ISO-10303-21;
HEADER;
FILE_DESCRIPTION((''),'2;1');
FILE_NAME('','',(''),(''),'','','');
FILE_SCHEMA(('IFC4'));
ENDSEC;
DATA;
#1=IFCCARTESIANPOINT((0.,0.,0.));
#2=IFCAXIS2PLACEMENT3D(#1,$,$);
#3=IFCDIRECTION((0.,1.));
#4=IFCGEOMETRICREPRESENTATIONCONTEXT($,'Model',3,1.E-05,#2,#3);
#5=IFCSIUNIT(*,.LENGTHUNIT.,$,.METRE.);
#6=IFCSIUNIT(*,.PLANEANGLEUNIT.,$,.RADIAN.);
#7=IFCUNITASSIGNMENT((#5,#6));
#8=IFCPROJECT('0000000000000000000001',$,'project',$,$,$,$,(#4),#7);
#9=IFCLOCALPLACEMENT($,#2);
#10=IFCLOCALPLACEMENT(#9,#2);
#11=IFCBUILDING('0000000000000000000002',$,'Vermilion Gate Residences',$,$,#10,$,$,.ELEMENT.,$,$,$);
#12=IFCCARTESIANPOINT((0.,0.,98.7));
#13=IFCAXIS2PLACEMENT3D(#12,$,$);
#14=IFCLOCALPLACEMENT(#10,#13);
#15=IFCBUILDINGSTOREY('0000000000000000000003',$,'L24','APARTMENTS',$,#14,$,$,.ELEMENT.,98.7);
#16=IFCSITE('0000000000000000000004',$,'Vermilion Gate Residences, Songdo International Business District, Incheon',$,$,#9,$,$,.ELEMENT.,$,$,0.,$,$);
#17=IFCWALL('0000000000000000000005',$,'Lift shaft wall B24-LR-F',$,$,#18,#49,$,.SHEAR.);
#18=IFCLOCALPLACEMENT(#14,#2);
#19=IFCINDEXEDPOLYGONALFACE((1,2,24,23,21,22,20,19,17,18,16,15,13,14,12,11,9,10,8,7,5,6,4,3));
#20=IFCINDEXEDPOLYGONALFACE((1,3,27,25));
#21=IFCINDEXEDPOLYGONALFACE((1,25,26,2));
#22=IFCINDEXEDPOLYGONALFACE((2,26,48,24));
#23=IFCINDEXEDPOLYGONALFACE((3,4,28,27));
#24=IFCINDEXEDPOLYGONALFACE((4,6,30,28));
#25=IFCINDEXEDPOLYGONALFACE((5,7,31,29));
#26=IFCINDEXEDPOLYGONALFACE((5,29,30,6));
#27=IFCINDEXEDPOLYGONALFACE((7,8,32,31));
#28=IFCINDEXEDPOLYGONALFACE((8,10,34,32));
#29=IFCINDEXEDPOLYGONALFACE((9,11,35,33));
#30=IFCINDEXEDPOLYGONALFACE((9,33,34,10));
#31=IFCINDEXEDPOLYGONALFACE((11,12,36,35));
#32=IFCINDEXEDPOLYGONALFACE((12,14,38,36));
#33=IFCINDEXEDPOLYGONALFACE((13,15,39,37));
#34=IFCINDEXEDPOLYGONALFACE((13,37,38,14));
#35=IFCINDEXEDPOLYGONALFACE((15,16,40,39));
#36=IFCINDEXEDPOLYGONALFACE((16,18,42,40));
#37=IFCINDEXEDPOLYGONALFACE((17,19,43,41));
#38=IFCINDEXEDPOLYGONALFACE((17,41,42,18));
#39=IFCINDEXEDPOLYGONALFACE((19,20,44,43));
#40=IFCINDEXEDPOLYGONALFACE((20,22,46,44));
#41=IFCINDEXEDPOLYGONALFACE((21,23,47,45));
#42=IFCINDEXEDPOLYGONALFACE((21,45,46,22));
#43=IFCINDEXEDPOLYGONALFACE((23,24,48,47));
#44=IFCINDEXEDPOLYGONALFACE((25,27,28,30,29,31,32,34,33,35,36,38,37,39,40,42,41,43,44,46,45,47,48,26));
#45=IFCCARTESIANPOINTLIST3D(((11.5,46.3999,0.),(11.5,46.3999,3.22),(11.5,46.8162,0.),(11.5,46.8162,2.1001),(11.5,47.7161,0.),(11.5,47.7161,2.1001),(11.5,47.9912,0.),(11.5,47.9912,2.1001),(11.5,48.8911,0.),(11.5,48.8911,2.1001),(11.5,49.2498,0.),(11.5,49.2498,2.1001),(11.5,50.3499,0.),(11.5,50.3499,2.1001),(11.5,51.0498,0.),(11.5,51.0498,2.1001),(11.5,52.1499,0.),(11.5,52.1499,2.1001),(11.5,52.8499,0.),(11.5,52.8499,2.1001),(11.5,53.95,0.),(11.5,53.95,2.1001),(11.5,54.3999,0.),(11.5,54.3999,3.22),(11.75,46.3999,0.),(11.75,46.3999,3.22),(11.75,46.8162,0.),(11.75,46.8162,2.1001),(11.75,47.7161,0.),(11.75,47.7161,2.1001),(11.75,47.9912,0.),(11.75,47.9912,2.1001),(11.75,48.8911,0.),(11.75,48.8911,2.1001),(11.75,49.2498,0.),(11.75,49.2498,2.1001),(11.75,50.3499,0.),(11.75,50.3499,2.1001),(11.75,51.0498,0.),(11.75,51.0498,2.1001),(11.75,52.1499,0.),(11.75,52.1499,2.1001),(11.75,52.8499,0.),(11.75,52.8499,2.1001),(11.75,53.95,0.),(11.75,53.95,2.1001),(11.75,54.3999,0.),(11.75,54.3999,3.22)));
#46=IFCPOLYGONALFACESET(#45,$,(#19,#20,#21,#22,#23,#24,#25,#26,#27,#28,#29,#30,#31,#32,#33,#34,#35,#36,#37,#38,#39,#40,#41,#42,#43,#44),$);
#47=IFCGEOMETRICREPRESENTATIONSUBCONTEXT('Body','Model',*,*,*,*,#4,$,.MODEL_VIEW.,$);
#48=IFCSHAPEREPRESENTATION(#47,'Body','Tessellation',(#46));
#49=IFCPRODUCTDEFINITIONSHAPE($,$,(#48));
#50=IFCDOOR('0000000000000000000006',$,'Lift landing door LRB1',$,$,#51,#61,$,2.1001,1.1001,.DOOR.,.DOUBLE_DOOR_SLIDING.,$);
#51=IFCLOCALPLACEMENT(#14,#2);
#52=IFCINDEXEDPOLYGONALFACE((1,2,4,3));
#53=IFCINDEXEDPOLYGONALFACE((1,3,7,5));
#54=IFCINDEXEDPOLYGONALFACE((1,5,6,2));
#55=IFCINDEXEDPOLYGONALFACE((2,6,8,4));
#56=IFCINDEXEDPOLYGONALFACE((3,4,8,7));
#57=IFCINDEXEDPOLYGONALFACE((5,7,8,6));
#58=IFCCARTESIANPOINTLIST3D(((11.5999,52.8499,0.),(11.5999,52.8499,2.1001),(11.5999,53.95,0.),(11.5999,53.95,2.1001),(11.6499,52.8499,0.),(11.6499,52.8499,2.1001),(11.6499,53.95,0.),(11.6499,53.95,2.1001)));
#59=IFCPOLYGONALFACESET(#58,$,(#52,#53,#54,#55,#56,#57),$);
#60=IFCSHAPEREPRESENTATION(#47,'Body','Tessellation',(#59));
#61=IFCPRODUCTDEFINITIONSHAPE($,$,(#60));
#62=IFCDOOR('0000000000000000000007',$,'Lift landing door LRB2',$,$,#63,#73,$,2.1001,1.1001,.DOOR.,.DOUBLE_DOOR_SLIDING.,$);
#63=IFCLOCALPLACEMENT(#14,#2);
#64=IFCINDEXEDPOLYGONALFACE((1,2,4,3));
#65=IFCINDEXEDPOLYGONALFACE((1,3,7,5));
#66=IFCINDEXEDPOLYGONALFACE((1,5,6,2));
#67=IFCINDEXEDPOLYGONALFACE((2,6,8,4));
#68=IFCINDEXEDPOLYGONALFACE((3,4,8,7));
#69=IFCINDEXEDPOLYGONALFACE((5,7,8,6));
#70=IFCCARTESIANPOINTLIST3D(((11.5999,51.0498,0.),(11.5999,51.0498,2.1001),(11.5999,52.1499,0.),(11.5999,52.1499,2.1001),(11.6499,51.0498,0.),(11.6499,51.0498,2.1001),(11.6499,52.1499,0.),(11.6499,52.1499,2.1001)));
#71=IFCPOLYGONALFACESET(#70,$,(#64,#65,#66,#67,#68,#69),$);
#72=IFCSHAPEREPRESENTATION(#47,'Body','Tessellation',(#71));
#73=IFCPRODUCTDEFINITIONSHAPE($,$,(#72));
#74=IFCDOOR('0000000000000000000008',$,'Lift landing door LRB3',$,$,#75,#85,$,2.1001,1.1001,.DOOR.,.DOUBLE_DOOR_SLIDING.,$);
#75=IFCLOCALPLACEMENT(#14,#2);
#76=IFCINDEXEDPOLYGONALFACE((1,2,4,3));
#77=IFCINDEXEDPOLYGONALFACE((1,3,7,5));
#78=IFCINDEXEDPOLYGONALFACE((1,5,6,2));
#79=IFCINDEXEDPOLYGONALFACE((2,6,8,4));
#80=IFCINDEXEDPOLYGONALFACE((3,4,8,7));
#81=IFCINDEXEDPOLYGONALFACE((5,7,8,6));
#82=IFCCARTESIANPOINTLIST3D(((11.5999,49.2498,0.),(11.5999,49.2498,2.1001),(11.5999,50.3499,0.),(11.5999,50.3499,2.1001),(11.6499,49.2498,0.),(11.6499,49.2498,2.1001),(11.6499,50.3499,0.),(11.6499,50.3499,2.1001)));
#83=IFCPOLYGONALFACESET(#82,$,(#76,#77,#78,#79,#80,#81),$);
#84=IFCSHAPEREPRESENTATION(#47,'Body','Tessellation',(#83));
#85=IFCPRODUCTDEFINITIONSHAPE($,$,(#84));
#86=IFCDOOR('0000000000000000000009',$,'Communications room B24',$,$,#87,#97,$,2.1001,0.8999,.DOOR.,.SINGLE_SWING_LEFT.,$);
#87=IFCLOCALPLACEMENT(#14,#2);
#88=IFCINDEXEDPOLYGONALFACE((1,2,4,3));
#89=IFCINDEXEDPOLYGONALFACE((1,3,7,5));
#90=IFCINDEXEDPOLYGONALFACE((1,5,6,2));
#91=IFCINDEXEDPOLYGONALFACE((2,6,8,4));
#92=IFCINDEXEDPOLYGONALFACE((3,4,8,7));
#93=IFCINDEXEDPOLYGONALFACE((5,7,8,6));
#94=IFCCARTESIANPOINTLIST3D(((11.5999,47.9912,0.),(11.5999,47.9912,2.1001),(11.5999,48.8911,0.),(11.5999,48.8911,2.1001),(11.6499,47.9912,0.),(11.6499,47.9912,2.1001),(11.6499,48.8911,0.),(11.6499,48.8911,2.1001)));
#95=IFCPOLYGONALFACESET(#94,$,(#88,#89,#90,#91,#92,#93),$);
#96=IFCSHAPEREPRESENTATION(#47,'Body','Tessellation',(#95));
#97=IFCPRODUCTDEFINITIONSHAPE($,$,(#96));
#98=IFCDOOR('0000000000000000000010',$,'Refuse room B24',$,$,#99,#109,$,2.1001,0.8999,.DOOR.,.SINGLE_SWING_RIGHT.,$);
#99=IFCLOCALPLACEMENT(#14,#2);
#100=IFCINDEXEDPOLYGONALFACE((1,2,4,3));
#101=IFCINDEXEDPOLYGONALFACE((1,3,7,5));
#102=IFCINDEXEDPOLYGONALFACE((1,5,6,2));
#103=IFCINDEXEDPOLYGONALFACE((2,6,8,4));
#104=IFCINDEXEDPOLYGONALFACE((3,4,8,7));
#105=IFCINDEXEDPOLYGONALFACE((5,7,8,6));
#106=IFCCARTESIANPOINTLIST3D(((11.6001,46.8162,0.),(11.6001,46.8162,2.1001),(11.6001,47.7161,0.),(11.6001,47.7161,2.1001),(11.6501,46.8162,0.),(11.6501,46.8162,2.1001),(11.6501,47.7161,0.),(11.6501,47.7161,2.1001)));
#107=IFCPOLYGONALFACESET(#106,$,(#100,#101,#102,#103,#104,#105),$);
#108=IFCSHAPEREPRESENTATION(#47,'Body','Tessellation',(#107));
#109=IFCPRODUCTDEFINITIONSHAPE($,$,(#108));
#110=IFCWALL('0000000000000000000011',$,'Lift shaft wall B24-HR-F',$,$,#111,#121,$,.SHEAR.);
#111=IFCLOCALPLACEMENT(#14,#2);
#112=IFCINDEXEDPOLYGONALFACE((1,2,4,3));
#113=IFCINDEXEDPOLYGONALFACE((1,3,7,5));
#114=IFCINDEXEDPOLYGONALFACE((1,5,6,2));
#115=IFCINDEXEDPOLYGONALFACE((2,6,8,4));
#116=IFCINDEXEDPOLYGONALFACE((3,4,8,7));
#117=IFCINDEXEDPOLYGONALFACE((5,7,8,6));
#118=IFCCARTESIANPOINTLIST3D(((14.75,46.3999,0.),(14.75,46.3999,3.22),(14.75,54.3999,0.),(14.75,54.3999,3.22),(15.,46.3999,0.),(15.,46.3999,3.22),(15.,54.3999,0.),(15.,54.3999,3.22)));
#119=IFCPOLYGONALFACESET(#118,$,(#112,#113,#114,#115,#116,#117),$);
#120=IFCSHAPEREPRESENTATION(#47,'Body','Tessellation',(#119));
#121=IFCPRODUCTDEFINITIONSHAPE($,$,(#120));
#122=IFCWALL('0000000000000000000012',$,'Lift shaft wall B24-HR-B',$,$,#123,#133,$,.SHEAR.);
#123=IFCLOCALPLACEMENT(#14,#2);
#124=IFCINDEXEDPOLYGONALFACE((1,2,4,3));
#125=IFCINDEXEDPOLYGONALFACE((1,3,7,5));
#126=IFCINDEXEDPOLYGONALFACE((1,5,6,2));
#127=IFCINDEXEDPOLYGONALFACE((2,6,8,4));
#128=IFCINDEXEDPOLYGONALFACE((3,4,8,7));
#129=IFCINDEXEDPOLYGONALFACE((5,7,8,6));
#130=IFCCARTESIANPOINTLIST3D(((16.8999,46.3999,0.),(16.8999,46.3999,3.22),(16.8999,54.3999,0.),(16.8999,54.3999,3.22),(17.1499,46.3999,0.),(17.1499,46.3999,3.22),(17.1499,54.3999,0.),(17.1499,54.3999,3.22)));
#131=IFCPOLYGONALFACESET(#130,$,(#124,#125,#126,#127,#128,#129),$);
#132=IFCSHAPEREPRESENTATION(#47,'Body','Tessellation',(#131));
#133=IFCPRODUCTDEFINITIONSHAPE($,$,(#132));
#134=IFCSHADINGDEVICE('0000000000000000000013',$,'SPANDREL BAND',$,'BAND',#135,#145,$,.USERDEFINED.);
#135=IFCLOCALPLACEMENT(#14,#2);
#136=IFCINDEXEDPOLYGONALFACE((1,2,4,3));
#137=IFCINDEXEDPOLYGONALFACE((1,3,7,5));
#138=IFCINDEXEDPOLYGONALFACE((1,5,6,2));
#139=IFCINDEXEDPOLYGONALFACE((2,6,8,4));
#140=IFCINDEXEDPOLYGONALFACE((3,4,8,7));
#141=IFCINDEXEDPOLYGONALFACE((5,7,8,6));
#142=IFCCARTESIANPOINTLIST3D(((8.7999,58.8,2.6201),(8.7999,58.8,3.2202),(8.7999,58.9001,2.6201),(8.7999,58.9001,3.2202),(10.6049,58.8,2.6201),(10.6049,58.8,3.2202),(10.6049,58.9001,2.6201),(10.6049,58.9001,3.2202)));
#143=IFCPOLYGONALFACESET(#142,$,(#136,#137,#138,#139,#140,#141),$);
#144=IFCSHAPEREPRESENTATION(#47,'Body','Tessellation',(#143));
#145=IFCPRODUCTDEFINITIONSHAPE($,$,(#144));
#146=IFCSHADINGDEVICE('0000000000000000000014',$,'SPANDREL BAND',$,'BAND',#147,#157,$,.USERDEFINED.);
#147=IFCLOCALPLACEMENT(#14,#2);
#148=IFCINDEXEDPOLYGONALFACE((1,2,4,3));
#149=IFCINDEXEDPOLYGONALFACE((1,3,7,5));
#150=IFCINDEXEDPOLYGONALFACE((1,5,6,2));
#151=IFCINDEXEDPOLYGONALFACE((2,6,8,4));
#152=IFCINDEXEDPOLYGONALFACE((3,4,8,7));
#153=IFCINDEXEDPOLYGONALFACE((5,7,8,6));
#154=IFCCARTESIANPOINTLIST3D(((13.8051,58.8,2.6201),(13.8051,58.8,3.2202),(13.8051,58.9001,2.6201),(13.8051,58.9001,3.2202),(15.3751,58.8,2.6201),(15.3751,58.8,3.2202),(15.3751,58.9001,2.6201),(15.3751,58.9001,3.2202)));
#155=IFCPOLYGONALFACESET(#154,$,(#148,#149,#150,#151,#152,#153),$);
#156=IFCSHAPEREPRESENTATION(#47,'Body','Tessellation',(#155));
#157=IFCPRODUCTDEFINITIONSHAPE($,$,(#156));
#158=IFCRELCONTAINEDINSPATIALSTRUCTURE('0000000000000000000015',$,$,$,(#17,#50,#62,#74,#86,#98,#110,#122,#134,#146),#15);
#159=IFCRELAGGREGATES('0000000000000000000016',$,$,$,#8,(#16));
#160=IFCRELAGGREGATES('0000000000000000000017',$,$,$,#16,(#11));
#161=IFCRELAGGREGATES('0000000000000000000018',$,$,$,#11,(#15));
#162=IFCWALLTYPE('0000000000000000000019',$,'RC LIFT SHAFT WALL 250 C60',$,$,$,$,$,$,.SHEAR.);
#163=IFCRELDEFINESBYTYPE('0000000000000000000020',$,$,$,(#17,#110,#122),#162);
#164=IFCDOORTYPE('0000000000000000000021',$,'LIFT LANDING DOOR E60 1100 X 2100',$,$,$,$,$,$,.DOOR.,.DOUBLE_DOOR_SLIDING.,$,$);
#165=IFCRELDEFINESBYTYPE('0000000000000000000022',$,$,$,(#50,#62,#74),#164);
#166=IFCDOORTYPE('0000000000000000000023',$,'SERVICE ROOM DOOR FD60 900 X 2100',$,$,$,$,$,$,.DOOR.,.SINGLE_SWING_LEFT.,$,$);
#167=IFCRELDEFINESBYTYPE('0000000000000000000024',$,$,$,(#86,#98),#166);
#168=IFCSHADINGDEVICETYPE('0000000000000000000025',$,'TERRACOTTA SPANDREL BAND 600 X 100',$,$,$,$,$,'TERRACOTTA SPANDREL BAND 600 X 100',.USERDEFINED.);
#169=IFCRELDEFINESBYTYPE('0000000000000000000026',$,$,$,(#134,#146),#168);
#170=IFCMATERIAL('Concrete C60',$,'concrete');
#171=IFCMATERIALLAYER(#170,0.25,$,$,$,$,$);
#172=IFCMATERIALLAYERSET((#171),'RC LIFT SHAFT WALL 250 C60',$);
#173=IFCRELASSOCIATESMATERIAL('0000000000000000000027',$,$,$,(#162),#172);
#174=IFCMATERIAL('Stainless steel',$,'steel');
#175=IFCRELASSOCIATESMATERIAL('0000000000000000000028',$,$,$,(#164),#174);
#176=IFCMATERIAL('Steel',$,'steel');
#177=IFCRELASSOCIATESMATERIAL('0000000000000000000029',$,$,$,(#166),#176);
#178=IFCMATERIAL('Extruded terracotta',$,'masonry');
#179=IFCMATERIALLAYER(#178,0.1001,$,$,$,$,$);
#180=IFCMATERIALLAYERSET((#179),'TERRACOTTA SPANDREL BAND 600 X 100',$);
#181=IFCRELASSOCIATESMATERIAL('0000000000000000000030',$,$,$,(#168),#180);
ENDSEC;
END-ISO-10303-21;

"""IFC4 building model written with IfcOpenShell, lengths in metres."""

from ifc_helpers import new_model, si_unit, direction, frame, frame_2d, origin, origin_2d, place, context, subcontext, project, spatial, rectangle, extrude, material, layer, layer_set, type_object, element, fill, save


model = new_model("IFC4")

# Units and contexts
model_context = context("Model", 3, precision=1e-05, world=origin(), true_north=direction((0.0, 1.0)))
body_context = subcontext(model_context, "Body", "Model", "MODEL_VIEW")
ifc_project = project(units=[si_unit("LENGTHUNIT", "METRE"), si_unit("PLANEANGLEUNIT", "RADIAN")], contexts=[model_context])

# Site, building, storey
site_placement = place(None, origin())
site = spatial("IfcSite", under=ifc_project, at=site_placement, Name="Vermilion Gate Residences, Songdo International Business District, Incheon", CompositionType="ELEMENT", RefElevation=0.0)
building_placement = place(site_placement, origin())
building = spatial("IfcBuilding", under=site, at=building_placement, Name="Vermilion Gate Residences", CompositionType="ELEMENT")
storey_placement = place(building_placement, frame((0.0, 0.0, 98.7)))
storey = spatial("IfcBuildingStorey", under=building, at=storey_placement, Name="L24", Description="APARTMENTS", CompositionType="ELEMENT", Elevation=98.7)

# Wall, openings, doors
ifc_material_1 = material(Name="Concrete C60", Category="concrete")
ifc_layer_1 = layer(ifc_material_1, 0.25)
ifc_layer_set_1 = layer_set([ifc_layer_1], Name="RC LIFT SHAFT WALL 250 C60")
wall_type_1 = type_object("IfcWallType", Name="RC LIFT SHAFT WALL 250 C60", PredefinedType="SHEAR", material=ifc_layer_set_1)
wall_1_placement = place(storey_placement, frame((11.625, 54.3999, 0.0), z_axis=(0.0, 0.0, 1.0), x_axis=(0.0, -1.0, 0.0)))
wall_1 = element("IfcWall", 1, at=wall_1_placement, inside=storey, type_object=wall_type_1, Name="Lift shaft wall B24-LR-F", PredefinedType="SHEAR", context=body_context, shape_type="SweptSolid", body=[
    extrude(rectangle(XDim=8.0, YDim=0.25, at=frame_2d((4.0, 0.0))), origin(), (0.0, 0.0, 1.0), 3.22),
])
opening_1_placement = place(wall_1_placement, frame((0.45, 0.0, 0.0)))
opening_1 = element("IfcOpeningElement", 2, at=opening_1_placement, cuts=wall_1, PredefinedType="OPENING", context=body_context, shape_type="SweptSolid", body=[
    extrude(rectangle(XDim=1.1001, YDim=2.1001, at=frame_2d((0.55, 1.05))), frame((0.0, 0.135, 0.0), z_axis=(0.0, -1.0, 0.0), x_axis=(1.0, 0.0, 0.0)), (0.0, 0.0, 1.0), 0.27),
])
opening_2_placement = place(wall_1_placement, frame((2.25, 0.0, 0.0)))
opening_2 = element("IfcOpeningElement", 3, at=opening_2_placement, cuts=wall_1, PredefinedType="OPENING", context=body_context, shape_type="SweptSolid", body=[
    extrude(rectangle(XDim=1.1001, YDim=2.1001, at=frame_2d((0.55, 1.05))), frame((0.0, 0.135, 0.0), z_axis=(0.0, -1.0, 0.0), x_axis=(1.0, 0.0, 0.0)), (0.0, 0.0, 1.0), 0.27),
])
opening_3_placement = place(wall_1_placement, frame((4.05, 0.0, 0.0)))
opening_3 = element("IfcOpeningElement", 4, at=opening_3_placement, cuts=wall_1, PredefinedType="OPENING", context=body_context, shape_type="SweptSolid", body=[
    extrude(rectangle(XDim=1.1001, YDim=2.1001, at=frame_2d((0.55, 1.05))), frame((0.0, 0.135, 0.0), z_axis=(0.0, -1.0, 0.0), x_axis=(1.0, 0.0, 0.0)), (0.0, 0.0, 1.0), 0.27),
])
opening_4_placement = place(wall_1_placement, frame((5.5088, 0.0, 0.0)))
opening_4 = element("IfcOpeningElement", 5, at=opening_4_placement, cuts=wall_1, PredefinedType="OPENING", context=body_context, shape_type="SweptSolid", body=[
    extrude(rectangle(XDim=0.8999, YDim=2.1001, at=frame_2d((0.45, 1.05))), frame((0.0, 0.135, 0.0), z_axis=(0.0, -1.0, 0.0), x_axis=(1.0, 0.0, 0.0)), (0.0, 0.0, 1.0), 0.27),
])
opening_5_placement = place(wall_1_placement, frame((6.6838, 0.0, 0.0)))
opening_5 = element("IfcOpeningElement", 6, at=opening_5_placement, cuts=wall_1, PredefinedType="OPENING", context=body_context, shape_type="SweptSolid", body=[
    extrude(rectangle(XDim=0.8999, YDim=2.1001, at=frame_2d((0.45, 1.05))), frame((0.0, 0.135, 0.0), z_axis=(0.0, -1.0, 0.0), x_axis=(1.0, 0.0, 0.0)), (0.0, 0.0, 1.0), 0.27),
])
ifc_material_2 = material(Name="Stainless steel", Category="steel")
door_type_1 = type_object("IfcDoorType", Name="LIFT LANDING DOOR E60 1100 X 2100", OperationType="DOUBLE_DOOR_SLIDING", PredefinedType="DOOR", material=ifc_material_2)
door_1_placement = place(opening_1_placement, origin())
door_1 = element("IfcDoor", 7, at=door_1_placement, inside=storey, type_object=door_type_1, Name="Lift landing door LRB1", OperationType="DOUBLE_DOOR_SLIDING", OverallHeight=2.1001, OverallWidth=1.1001, PredefinedType="DOOR", context=body_context, shape_type="SweptSolid", body=[
    extrude(rectangle(XDim=1.1001, YDim=2.1001, at=frame_2d((0.55, 1.05))), frame((0.0, 0.0249, 0.0), z_axis=(0.0, -1.0, 0.0), x_axis=(1.0, 0.0, 0.0)), (0.0, 0.0, 1.0), 0.05),
])
fill(opening_1, door_1)
door_2_placement = place(opening_2_placement, origin())
door_2 = element("IfcDoor", 8, at=door_2_placement, inside=storey, type_object=door_type_1, Name="Lift landing door LRB2", OperationType="DOUBLE_DOOR_SLIDING", OverallHeight=2.1001, OverallWidth=1.1001, PredefinedType="DOOR", context=body_context, shape_type="SweptSolid", body=[
    extrude(rectangle(XDim=1.1001, YDim=2.1001, at=frame_2d((0.55, 1.05))), frame((0.0, 0.0249, 0.0), z_axis=(0.0, -1.0, 0.0), x_axis=(1.0, 0.0, 0.0)), (0.0, 0.0, 1.0), 0.05),
])
fill(opening_2, door_2)
door_3_placement = place(opening_3_placement, origin())
door_3 = element("IfcDoor", 9, at=door_3_placement, inside=storey, type_object=door_type_1, Name="Lift landing door LRB3", OperationType="DOUBLE_DOOR_SLIDING", OverallHeight=2.1001, OverallWidth=1.1001, PredefinedType="DOOR", context=body_context, shape_type="SweptSolid", body=[
    extrude(rectangle(XDim=1.1001, YDim=2.1001, at=frame_2d((0.55, 1.05))), frame((0.0, 0.0249, 0.0), z_axis=(0.0, -1.0, 0.0), x_axis=(1.0, 0.0, 0.0)), (0.0, 0.0, 1.0), 0.05),
])
fill(opening_3, door_3)
ifc_material_3 = material(Name="Steel", Category="steel")
door_type_2 = type_object("IfcDoorType", Name="SERVICE ROOM DOOR FD60 900 X 2100", OperationType="SINGLE_SWING_LEFT", PredefinedType="DOOR", material=ifc_material_3)
door_4_placement = place(opening_4_placement, origin())
door_4 = element("IfcDoor", 10, at=door_4_placement, inside=storey, type_object=door_type_2, Name="Communications room B24", OperationType="SINGLE_SWING_LEFT", OverallHeight=2.1001, OverallWidth=0.8999, PredefinedType="DOOR", context=body_context, shape_type="SweptSolid", body=[
    extrude(rectangle(XDim=0.8999, YDim=2.1001, at=frame_2d((0.45, 1.05))), frame((0.0, 0.0249, 0.0), z_axis=(0.0, -1.0, 0.0), x_axis=(1.0, 0.0, 0.0)), (0.0, 0.0, 1.0), 0.05),
])
fill(opening_4, door_4)
door_5_placement = place(opening_5_placement, frame((0.8999, 0.0, 0.0), z_axis=(0.0, 0.0, 1.0), x_axis=(-1.0, 0.0, 0.0)))
door_5 = element("IfcDoor", 11, at=door_5_placement, inside=storey, type_object=door_type_2, Name="Refuse room B24", OperationType="SINGLE_SWING_RIGHT", OverallHeight=2.1001, OverallWidth=0.8999, PredefinedType="DOOR", context=body_context, shape_type="SweptSolid", body=[
    extrude(rectangle(XDim=0.8999, YDim=2.1001, at=frame_2d((0.45, 1.05))), frame((0.0, 0.0249, 0.0), z_axis=(0.0, -1.0, 0.0), x_axis=(1.0, 0.0, 0.0)), (0.0, 0.0, 1.0), 0.05),
])
fill(opening_5, door_5)

# Walls
for number, where, z_axis, x_axis, name in (
    (12, (14.875, 54.3999, 0.0), (0.0, 0.0, 1.0), (0.0, -1.0, 0.0), "Lift shaft wall B24-HR-F"),
    (13, (17.0249, 54.3999, 0.0), (0.0, 0.0, 1.0), (0.0, -1.0, 0.0), "Lift shaft wall B24-HR-B"),
):
    element("IfcWall", number, at=place(storey_placement, frame(where, z_axis=z_axis, x_axis=x_axis)), inside=storey, type_object=wall_type_1, Name=name, PredefinedType="SHEAR", context=body_context, shape_type="SweptSolid", body=[
        extrude(rectangle(XDim=8.0, YDim=0.25, at=frame_2d((4.0, 0.0))), origin(), (0.0, 0.0, 1.0), 3.22),
    ])

# Shading devices
ifc_material_4 = material(Name="Extruded terracotta", Category="masonry")
ifc_layer_2 = layer(ifc_material_4, 0.1001)
ifc_layer_set_2 = layer_set([ifc_layer_2], Name="TERRACOTTA SPANDREL BAND 600 X 100")
shading_device_type = type_object("IfcShadingDeviceType", Name="TERRACOTTA SPANDREL BAND 600 X 100", ElementType="TERRACOTTA SPANDREL BAND 600 X 100", PredefinedType="USERDEFINED", material=ifc_layer_set_2)
shading_device_1_placement = place(storey_placement, frame((9.7024, 58.8501, 2.6201), z_axis=(0.0, 0.0, 1.0), x_axis=(1.0, 0.0, 0.0)))
element("IfcShadingDevice", 14, at=shading_device_1_placement, inside=storey, type_object=shading_device_type, Name="SPANDREL BAND", ObjectType="BAND", PredefinedType="USERDEFINED", context=body_context, shape_type="SweptSolid", body=[
    extrude(rectangle(XDim=1.8049, YDim=0.1001, at=origin_2d()), origin(), (0.0, 0.0, 1.0), 0.6001),
])
shading_device_2_placement = place(storey_placement, frame((14.5901, 58.8501, 2.6201), z_axis=(0.0, 0.0, 1.0), x_axis=(1.0, 0.0, 0.0)))
element("IfcShadingDevice", 15, at=shading_device_2_placement, inside=storey, type_object=shading_device_type, Name="SPANDREL BAND", ObjectType="BAND", PredefinedType="USERDEFINED", context=body_context, shape_type="SweptSolid", body=[
    extrude(rectangle(XDim=1.5701, YDim=0.1001, at=origin_2d()), origin(), (0.0, 0.0, 1.0), 0.6001),
])

save(model, "model.ifc")
